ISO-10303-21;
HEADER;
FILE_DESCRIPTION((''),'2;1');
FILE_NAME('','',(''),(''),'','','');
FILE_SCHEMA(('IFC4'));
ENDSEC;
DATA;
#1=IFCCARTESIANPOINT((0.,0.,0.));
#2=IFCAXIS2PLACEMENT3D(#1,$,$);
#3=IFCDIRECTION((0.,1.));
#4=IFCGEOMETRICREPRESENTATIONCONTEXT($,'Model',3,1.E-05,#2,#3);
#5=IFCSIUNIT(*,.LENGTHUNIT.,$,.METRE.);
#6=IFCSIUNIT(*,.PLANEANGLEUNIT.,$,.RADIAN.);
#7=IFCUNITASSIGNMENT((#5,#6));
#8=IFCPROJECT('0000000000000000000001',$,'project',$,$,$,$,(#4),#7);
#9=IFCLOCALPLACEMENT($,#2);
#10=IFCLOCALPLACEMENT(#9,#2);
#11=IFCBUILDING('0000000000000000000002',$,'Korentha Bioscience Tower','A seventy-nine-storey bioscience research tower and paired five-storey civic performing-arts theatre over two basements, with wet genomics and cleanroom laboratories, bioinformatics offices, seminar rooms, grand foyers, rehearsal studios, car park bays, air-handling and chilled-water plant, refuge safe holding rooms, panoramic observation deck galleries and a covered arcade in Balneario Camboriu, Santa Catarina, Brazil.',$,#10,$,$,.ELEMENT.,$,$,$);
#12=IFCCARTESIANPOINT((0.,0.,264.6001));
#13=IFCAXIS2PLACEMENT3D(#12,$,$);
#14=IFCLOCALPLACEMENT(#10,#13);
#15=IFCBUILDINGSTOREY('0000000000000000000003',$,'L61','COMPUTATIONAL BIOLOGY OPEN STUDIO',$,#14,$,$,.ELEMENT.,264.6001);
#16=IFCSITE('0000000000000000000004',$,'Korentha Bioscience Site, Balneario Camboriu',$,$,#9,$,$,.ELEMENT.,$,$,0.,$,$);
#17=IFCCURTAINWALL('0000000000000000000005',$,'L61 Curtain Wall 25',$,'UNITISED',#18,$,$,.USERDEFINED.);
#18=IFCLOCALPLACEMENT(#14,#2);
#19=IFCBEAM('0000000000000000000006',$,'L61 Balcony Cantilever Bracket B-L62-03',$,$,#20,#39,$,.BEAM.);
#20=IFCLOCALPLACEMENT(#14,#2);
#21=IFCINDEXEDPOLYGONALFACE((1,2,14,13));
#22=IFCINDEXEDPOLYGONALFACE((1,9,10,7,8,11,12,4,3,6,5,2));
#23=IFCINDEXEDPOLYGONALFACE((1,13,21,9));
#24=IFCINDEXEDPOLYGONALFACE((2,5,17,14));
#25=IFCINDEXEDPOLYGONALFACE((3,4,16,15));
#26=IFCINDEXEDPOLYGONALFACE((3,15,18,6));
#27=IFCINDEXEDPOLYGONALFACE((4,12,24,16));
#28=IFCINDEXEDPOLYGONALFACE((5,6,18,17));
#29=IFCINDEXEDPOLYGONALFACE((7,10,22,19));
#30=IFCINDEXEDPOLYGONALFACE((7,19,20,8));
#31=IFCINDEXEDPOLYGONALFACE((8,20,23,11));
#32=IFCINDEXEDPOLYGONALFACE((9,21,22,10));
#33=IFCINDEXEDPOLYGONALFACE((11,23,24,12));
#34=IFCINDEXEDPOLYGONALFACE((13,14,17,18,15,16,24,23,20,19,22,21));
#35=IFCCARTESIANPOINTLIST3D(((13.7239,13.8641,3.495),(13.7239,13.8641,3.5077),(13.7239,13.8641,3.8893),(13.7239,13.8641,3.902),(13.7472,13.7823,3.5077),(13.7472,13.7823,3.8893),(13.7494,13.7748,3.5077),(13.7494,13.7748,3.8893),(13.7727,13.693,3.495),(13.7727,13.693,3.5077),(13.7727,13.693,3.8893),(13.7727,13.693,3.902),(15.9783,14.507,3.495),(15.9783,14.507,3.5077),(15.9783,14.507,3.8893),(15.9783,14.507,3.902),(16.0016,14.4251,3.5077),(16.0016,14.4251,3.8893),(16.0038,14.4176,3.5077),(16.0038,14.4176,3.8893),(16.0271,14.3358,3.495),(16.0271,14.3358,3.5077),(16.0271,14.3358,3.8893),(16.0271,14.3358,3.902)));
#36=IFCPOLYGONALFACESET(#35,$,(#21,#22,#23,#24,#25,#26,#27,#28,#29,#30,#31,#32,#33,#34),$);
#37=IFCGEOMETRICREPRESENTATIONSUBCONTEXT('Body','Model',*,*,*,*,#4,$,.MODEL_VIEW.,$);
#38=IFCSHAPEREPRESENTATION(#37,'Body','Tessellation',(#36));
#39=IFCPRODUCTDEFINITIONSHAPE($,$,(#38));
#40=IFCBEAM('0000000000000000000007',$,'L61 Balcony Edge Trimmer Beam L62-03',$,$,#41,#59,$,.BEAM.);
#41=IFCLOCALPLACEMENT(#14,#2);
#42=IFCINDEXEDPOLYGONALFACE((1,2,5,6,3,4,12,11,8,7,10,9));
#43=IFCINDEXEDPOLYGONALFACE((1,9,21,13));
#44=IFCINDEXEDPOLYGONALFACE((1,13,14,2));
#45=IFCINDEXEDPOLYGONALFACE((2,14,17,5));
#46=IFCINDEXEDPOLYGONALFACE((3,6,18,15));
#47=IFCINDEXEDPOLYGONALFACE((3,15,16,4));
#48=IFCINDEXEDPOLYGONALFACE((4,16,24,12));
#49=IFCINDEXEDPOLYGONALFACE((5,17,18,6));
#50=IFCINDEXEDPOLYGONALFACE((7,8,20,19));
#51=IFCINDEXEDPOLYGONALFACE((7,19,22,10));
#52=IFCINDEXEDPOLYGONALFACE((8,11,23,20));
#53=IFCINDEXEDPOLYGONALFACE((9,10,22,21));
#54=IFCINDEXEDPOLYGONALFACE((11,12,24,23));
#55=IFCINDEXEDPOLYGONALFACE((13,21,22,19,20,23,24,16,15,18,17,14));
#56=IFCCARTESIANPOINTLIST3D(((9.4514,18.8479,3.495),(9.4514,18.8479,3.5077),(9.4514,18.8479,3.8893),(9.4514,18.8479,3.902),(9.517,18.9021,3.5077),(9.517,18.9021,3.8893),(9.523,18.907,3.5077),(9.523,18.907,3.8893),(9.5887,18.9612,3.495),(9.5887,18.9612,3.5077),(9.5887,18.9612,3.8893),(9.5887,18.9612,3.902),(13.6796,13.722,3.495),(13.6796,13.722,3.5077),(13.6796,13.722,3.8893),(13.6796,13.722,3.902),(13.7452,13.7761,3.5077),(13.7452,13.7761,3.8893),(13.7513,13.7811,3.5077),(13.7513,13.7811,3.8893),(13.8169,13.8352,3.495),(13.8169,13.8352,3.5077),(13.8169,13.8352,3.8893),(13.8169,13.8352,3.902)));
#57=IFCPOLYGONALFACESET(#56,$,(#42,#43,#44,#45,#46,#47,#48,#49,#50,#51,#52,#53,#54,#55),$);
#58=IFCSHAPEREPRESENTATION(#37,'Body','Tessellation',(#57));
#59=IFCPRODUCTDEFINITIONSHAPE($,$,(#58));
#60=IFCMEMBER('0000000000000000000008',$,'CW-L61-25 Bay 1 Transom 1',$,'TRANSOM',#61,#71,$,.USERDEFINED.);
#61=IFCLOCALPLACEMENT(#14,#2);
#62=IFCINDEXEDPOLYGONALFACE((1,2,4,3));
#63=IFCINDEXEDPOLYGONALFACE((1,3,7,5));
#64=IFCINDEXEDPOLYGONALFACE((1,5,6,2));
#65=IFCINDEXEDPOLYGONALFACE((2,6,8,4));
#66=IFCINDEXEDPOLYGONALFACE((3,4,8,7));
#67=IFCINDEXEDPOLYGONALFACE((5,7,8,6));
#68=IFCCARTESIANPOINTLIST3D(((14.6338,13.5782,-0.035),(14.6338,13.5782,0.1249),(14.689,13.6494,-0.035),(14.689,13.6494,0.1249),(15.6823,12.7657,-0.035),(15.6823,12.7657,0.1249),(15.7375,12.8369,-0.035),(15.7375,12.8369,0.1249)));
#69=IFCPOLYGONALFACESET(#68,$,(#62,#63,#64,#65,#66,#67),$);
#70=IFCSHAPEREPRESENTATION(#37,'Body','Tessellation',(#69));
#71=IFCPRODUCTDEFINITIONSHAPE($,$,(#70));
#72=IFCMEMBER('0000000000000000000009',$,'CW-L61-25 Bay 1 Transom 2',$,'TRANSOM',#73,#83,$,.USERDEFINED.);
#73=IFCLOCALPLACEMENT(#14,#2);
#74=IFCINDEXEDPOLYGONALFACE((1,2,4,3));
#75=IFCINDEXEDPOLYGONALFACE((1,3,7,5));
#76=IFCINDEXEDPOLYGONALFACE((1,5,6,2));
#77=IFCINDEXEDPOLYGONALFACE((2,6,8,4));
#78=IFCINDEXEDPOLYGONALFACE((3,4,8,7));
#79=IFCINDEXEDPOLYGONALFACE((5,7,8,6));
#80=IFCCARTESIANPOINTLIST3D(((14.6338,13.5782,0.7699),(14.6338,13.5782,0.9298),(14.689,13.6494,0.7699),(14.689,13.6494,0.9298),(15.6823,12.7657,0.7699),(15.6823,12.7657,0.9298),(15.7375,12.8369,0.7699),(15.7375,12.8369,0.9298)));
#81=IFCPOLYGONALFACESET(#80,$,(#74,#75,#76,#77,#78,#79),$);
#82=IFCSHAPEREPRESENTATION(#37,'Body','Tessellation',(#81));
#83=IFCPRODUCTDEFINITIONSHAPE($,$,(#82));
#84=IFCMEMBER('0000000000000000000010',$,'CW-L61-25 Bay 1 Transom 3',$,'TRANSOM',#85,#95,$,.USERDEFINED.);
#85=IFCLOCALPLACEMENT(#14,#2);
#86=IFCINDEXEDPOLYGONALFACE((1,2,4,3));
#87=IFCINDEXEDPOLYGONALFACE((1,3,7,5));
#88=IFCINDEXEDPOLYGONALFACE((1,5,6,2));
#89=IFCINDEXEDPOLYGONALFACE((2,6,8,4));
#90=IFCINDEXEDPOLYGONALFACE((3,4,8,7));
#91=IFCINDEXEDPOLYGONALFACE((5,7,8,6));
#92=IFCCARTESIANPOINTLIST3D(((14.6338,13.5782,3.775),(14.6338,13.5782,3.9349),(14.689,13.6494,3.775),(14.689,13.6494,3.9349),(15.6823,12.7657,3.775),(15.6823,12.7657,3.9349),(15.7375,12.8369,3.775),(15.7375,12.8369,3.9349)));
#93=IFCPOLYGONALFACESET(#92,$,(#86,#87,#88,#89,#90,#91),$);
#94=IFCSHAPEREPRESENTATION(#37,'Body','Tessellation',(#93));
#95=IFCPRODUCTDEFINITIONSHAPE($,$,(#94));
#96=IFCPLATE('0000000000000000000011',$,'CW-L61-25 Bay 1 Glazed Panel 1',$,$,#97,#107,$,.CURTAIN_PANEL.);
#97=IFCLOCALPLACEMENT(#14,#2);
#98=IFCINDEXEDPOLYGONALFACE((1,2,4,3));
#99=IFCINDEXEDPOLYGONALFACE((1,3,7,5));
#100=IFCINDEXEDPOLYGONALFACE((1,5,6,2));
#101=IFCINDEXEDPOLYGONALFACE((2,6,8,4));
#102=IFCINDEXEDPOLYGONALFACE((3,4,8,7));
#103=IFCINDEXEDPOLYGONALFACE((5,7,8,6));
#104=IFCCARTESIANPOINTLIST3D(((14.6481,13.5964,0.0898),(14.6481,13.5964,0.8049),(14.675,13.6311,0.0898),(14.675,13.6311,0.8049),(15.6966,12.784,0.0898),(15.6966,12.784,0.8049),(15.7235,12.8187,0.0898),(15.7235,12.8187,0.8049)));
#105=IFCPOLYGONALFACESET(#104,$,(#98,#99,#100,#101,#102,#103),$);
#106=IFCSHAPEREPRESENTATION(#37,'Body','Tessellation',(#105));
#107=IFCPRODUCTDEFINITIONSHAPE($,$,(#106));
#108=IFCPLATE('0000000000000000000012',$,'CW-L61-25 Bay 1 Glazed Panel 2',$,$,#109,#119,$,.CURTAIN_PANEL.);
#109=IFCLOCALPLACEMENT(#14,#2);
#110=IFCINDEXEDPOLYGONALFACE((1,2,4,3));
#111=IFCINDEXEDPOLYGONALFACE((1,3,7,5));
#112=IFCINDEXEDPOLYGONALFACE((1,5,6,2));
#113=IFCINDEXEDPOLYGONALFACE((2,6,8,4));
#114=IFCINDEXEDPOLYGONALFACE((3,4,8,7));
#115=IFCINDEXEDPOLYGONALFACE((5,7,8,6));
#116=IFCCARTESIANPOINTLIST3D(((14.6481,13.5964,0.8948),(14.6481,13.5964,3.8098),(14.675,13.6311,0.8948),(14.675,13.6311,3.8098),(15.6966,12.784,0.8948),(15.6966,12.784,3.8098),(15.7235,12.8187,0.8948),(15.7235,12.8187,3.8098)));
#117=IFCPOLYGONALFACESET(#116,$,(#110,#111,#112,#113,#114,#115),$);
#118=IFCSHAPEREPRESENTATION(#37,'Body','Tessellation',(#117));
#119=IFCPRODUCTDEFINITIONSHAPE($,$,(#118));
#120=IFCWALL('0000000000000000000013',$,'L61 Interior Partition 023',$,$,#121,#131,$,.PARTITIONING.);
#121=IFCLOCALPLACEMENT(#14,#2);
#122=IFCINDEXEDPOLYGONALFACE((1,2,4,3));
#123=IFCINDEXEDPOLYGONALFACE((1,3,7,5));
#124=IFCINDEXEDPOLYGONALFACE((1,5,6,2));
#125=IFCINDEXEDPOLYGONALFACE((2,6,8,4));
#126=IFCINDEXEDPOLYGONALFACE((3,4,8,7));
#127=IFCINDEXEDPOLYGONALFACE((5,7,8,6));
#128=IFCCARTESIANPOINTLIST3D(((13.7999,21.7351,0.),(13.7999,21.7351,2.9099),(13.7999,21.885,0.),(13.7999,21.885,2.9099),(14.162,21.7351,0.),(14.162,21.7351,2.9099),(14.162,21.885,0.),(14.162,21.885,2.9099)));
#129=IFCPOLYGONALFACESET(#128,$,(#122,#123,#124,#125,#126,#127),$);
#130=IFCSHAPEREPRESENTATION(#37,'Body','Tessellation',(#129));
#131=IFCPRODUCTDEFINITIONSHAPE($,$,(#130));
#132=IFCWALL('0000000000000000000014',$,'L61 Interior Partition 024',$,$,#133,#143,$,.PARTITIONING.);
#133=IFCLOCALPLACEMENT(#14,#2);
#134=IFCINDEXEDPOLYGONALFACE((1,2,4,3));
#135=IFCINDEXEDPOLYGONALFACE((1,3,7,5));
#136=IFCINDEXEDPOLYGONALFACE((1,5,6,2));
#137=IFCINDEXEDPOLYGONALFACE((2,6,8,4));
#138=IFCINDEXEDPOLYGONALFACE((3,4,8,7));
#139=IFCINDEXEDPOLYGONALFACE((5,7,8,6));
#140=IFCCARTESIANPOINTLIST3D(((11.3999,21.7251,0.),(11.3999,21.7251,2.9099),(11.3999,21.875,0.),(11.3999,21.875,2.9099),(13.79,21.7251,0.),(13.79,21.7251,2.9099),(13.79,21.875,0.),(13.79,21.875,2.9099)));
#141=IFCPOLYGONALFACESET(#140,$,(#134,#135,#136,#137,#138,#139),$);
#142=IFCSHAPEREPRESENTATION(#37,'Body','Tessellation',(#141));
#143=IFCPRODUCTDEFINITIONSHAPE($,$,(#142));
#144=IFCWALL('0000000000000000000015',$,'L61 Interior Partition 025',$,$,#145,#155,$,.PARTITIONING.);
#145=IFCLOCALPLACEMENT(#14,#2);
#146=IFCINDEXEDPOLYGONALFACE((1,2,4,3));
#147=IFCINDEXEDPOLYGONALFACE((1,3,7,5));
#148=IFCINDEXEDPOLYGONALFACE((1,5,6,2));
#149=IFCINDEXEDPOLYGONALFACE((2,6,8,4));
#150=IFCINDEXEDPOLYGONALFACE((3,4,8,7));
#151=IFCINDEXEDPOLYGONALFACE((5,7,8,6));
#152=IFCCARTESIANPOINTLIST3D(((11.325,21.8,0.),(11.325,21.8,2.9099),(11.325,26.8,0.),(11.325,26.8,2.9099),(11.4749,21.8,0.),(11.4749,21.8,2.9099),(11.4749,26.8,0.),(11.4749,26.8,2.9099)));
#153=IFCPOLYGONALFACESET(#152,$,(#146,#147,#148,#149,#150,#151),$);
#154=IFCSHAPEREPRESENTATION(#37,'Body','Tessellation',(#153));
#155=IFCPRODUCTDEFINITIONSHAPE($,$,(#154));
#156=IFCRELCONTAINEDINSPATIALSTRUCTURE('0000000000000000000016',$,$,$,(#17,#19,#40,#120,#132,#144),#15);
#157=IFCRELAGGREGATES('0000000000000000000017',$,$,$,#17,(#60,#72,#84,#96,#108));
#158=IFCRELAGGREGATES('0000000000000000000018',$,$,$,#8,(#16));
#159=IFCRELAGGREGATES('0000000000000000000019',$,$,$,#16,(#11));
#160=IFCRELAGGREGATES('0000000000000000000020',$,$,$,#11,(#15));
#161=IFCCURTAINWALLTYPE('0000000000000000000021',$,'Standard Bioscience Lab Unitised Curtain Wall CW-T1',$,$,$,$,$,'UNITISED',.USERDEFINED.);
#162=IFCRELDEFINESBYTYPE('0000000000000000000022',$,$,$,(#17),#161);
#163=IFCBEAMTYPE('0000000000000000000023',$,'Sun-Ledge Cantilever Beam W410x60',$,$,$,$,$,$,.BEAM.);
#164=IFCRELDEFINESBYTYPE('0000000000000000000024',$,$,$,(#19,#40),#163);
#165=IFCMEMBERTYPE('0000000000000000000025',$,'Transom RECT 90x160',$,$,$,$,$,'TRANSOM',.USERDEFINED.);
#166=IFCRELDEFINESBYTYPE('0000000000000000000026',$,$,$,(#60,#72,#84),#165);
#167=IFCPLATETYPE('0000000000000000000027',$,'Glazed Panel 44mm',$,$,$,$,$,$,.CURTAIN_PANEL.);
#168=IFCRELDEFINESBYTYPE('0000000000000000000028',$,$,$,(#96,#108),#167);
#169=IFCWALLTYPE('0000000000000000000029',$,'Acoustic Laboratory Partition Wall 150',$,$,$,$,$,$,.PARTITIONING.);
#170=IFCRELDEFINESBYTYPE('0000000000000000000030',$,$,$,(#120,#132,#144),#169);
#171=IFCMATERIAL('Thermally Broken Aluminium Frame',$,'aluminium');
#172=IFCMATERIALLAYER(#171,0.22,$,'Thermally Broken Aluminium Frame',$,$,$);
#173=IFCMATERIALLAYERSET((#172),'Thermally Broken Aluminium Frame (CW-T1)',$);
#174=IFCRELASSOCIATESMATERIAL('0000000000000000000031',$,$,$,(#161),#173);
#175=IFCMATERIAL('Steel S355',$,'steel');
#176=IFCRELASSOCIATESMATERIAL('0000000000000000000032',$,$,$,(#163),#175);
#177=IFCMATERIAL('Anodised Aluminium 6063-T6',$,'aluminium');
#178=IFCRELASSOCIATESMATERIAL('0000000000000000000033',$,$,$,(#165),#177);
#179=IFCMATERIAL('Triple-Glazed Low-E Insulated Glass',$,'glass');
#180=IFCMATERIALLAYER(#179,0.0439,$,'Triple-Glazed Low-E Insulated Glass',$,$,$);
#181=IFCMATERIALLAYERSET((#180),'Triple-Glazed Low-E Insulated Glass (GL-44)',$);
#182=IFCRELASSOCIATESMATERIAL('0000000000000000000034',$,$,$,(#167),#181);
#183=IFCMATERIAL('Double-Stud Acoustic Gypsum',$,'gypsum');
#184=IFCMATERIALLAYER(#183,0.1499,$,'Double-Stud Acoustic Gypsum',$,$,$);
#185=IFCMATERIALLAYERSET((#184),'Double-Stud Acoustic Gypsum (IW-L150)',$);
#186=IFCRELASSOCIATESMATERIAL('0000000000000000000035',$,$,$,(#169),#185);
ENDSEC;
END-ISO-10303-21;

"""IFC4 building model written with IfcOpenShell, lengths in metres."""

from ifc_helpers import new_model, si_unit, direction, frame, frame_2d, origin, origin_2d, place, context, subcontext, project, spatial, rectangle, i_section, extrude, material, layer, layer_set, material_profile, profile_set, type_object, element, aggregate, save


model = new_model("IFC4")

# Units and contexts
model_context = context("Model", 3, precision=1e-05, world=origin(), true_north=direction((0.0, 1.0)))
body_context = subcontext(model_context, "Body", "Model", "MODEL_VIEW")
ifc_project = project(units=[si_unit("LENGTHUNIT", "METRE"), si_unit("PLANEANGLEUNIT", "RADIAN")], contexts=[model_context])

# Site, building, storey
site_placement = place(None, origin())
site = spatial("IfcSite", under=ifc_project, at=site_placement, Name="Korentha Bioscience Site, Balneario Camboriu", CompositionType="ELEMENT", RefElevation=0.0)
building_placement = place(site_placement, origin())
building = spatial("IfcBuilding", under=site, at=building_placement, Name="Korentha Bioscience Tower", Description="A seventy-nine-storey bioscience research tower and paired five-storey civic performing-arts theatre over two basements, with wet genomics and cleanroom laboratories, bioinformatics offices, seminar rooms, grand foyers, rehearsal studios, car park bays, air-handling and chilled-water plant, refuge safe holding rooms, panoramic observation deck galleries and a covered arcade in Balneario Camboriu, Santa Catarina, Brazil.", CompositionType="ELEMENT")
storey_placement = place(building_placement, frame((0.0, 0.0, 264.6001)))
storey = spatial("IfcBuildingStorey", under=building, at=storey_placement, Name="L61", Description="COMPUTATIONAL BIOLOGY OPEN STUDIO", CompositionType="ELEMENT", Elevation=264.6001)

# Curtain wall
ifc_material_1 = material(Name="Thermally Broken Aluminium Frame", Category="aluminium")
ifc_layer_1 = layer(ifc_material_1, 0.22, Name="Thermally Broken Aluminium Frame")
ifc_layer_set_1 = layer_set([ifc_layer_1], Name="Thermally Broken Aluminium Frame (CW-T1)")
curtain_wall_type = type_object("IfcCurtainWallType", Name="Standard Bioscience Lab Unitised Curtain Wall CW-T1", ElementType="UNITISED", PredefinedType="USERDEFINED", material=ifc_layer_set_1)
ifc_material_2 = material(Name="Anodised Aluminium 6063-T6", Category="aluminium")
curtain_wall_1_placement = place(storey_placement, origin())
curtain_wall_1 = element("IfcCurtainWall", 1, at=curtain_wall_1_placement, inside=storey, type_object=curtain_wall_type, Name="L61 Curtain Wall 25", ObjectType="UNITISED", PredefinedType="USERDEFINED")

# Beams
ifc_material_3 = material(Name="Steel S355", Category="steel")
ifc_material_profile_1 = material_profile(ifc_material_3, i_section(OverallWidth=0.178, OverallDepth=0.407, WebThickness=0.0078, FlangeThickness=0.0127, at=origin_2d()), Name="Steel S355")
ifc_profile_set_1 = profile_set([ifc_material_profile_1], Name="Steel S355 (CB-410)")
beam_type_1 = type_object("IfcBeamType", Name="Sun-Ledge Cantilever Beam W410x60", PredefinedType="BEAM", material=ifc_profile_set_1)
beam_1_placement = place(storey_placement, frame((16.0027, 14.4214, 3.6985), z_axis=(-0.961669, -0.274212, 0.0), x_axis=(0.274212, -0.961669, 0.0)))
element("IfcBeam", 2, at=beam_1_placement, inside=storey, type_object=beam_type_1, Name="L61 Balcony Cantilever Bracket B-L62-03", PredefinedType="BEAM", context=body_context, shape_type="SweptSolid", body=[
    extrude(i_section(OverallWidth=0.178, OverallDepth=0.407, WebThickness=0.0078, FlangeThickness=0.0127, at=origin_2d()), origin(), (0.0, 0.0, 1.0), 2.3442),
])
beam_2_placement = place(storey_placement, frame((9.52, 18.9045, 3.6985), z_axis=(0.636324, -0.771422, 0.0), x_axis=(0.771422, 0.636324, 0.0)))
element("IfcBeam", 3, at=beam_2_placement, inside=storey, type_object=beam_type_1, Name="L61 Balcony Edge Trimmer Beam L62-03", PredefinedType="BEAM", context=body_context, shape_type="SweptSolid", body=[
    extrude(i_section(OverallWidth=0.178, OverallDepth=0.407, WebThickness=0.0078, FlangeThickness=0.0127, at=origin_2d()), origin(), (0.0, 0.0, 1.0), 6.6448),
])

# Members
ifc_material_profile_2 = material_profile(ifc_material_2, rectangle(XDim=0.0901, YDim=0.1599, at=origin_2d()), Name="Anodised Aluminium 6063-T6")
ifc_profile_set_2 = profile_set([ifc_material_profile_2], Name="Anodised Aluminium 6063-T6 (CW-TRN)")
member_type_1 = type_object("IfcMemberType", Name="Transom RECT 90x160", ElementType="TRANSOM", PredefinedType="USERDEFINED", material=ifc_profile_set_2)
member_1_placement = place(storey_placement, frame((14.6614, 13.6138, 0.0449), z_axis=(0.790471, -0.6125, 0.0), x_axis=(0.6125, 0.790471, 0.0)))
member_1 = element("IfcMember", 4, at=member_1_placement, type_object=member_type_1, Name="CW-L61-25 Bay 1 Transom 1", ObjectType="TRANSOM", PredefinedType="USERDEFINED", context=body_context, shape_type="SweptSolid", body=[
    extrude(rectangle(XDim=0.0901, YDim=0.1599, at=origin_2d()), origin(), (0.0, 0.0, 1.0), 1.3264),
])
member_2_placement = place(storey_placement, frame((14.6614, 13.6138, 0.8499), z_axis=(0.790471, -0.6125, 0.0), x_axis=(0.6125, 0.790471, 0.0)))
member_2 = element("IfcMember", 5, at=member_2_placement, type_object=member_type_1, Name="CW-L61-25 Bay 1 Transom 2", ObjectType="TRANSOM", PredefinedType="USERDEFINED", context=body_context, shape_type="SweptSolid", body=[
    extrude(rectangle(XDim=0.0901, YDim=0.1599, at=origin_2d()), origin(), (0.0, 0.0, 1.0), 1.3264),
])
member_3_placement = place(storey_placement, frame((14.6614, 13.6138, 3.855), z_axis=(0.790471, -0.6125, 0.0), x_axis=(0.6125, 0.790471, 0.0)))
member_3 = element("IfcMember", 6, at=member_3_placement, type_object=member_type_1, Name="CW-L61-25 Bay 1 Transom 3", ObjectType="TRANSOM", PredefinedType="USERDEFINED", context=body_context, shape_type="SweptSolid", body=[
    extrude(rectangle(XDim=0.0901, YDim=0.1599, at=origin_2d()), origin(), (0.0, 0.0, 1.0), 1.3264),
])

# Plates
ifc_material_4 = material(Name="Triple-Glazed Low-E Insulated Glass", Category="glass")
ifc_layer_2 = layer(ifc_material_4, 0.0439, Name="Triple-Glazed Low-E Insulated Glass")
ifc_layer_set_2 = layer_set([ifc_layer_2], Name="Triple-Glazed Low-E Insulated Glass (GL-44)")
plate_type = type_object("IfcPlateType", Name="Glazed Panel 44mm", PredefinedType="CURTAIN_PANEL", material=ifc_layer_set_2)
plate_1_placement = place(storey_placement, frame((15.1858, 13.2075, 0.0898), z_axis=(0.0, 0.0, 1.0), x_axis=(0.790488, -0.612478, 0.0)))
plate_1 = element("IfcPlate", 7, at=plate_1_placement, type_object=plate_type, Name="CW-L61-25 Bay 1 Glazed Panel 1", PredefinedType="CURTAIN_PANEL", context=body_context, shape_type="SweptSolid", body=[
    extrude(rectangle(XDim=1.3264, YDim=0.0439, at=origin_2d()), origin(), (0.0, 0.0, 1.0), 0.7151),
])
plate_2_placement = place(storey_placement, frame((15.1858, 13.2075, 0.8948), z_axis=(0.0, 0.0, 1.0), x_axis=(0.790488, -0.612478, 0.0)))
plate_2 = element("IfcPlate", 8, at=plate_2_placement, type_object=plate_type, Name="CW-L61-25 Bay 1 Glazed Panel 2", PredefinedType="CURTAIN_PANEL", context=body_context, shape_type="SweptSolid", body=[
    extrude(rectangle(XDim=1.3264, YDim=0.0439, at=origin_2d()), origin(), (0.0, 0.0, 1.0), 2.915),
])
aggregate(curtain_wall_1, [member_1, member_2, member_3, plate_1, plate_2])

# Walls
ifc_material_5 = material(Name="Double-Stud Acoustic Gypsum", Category="gypsum")
ifc_layer_3 = layer(ifc_material_5, 0.1499, Name="Double-Stud Acoustic Gypsum")
ifc_layer_set_3 = layer_set([ifc_layer_3], Name="Double-Stud Acoustic Gypsum (IW-L150)")
wall_type_1 = type_object("IfcWallType", Name="Acoustic Laboratory Partition Wall 150", PredefinedType="PARTITIONING", material=ifc_layer_set_3)
wall_1_placement = place(storey_placement, frame((14.1621, 21.8101, 0.0), z_axis=(0.0, 0.0, 1.0), x_axis=(-1.0, 0.0, 0.0)))
element("IfcWall", 9, at=wall_1_placement, inside=storey, type_object=wall_type_1, Name="L61 Interior Partition 023", PredefinedType="PARTITIONING", context=body_context, shape_type="SweptSolid", body=[
    extrude(rectangle(XDim=0.3621, YDim=0.1499, at=frame_2d((0.1812, 0.0))), origin(), (0.0, 0.0, 1.0), 2.9099),
])
wall_2_placement = place(storey_placement, frame((13.79, 21.8, 0.0), z_axis=(0.0, 0.0, 1.0), x_axis=(-1.0, 0.0, 0.0)))
element("IfcWall", 10, at=wall_2_placement, inside=storey, type_object=wall_type_1, Name="L61 Interior Partition 024", PredefinedType="PARTITIONING", context=body_context, shape_type="SweptSolid", body=[
    extrude(rectangle(XDim=2.3901, YDim=0.1499, at=frame_2d((1.1951, 0.0))), origin(), (0.0, 0.0, 1.0), 2.9099),
])
wall_3_placement = place(storey_placement, frame((11.3999, 21.8, 0.0), z_axis=(0.0, 0.0, 1.0), x_axis=(0.0, 1.0, 0.0)))
element("IfcWall", 11, at=wall_3_placement, inside=storey, type_object=wall_type_1, Name="L61 Interior Partition 025", PredefinedType="PARTITIONING", context=body_context, shape_type="SweptSolid", body=[
    extrude(rectangle(XDim=5.0, YDim=0.1499, at=frame_2d((2.5, 0.0))), origin(), (0.0, 0.0, 1.0), 2.9099),
])

save(model, "model.ifc")
